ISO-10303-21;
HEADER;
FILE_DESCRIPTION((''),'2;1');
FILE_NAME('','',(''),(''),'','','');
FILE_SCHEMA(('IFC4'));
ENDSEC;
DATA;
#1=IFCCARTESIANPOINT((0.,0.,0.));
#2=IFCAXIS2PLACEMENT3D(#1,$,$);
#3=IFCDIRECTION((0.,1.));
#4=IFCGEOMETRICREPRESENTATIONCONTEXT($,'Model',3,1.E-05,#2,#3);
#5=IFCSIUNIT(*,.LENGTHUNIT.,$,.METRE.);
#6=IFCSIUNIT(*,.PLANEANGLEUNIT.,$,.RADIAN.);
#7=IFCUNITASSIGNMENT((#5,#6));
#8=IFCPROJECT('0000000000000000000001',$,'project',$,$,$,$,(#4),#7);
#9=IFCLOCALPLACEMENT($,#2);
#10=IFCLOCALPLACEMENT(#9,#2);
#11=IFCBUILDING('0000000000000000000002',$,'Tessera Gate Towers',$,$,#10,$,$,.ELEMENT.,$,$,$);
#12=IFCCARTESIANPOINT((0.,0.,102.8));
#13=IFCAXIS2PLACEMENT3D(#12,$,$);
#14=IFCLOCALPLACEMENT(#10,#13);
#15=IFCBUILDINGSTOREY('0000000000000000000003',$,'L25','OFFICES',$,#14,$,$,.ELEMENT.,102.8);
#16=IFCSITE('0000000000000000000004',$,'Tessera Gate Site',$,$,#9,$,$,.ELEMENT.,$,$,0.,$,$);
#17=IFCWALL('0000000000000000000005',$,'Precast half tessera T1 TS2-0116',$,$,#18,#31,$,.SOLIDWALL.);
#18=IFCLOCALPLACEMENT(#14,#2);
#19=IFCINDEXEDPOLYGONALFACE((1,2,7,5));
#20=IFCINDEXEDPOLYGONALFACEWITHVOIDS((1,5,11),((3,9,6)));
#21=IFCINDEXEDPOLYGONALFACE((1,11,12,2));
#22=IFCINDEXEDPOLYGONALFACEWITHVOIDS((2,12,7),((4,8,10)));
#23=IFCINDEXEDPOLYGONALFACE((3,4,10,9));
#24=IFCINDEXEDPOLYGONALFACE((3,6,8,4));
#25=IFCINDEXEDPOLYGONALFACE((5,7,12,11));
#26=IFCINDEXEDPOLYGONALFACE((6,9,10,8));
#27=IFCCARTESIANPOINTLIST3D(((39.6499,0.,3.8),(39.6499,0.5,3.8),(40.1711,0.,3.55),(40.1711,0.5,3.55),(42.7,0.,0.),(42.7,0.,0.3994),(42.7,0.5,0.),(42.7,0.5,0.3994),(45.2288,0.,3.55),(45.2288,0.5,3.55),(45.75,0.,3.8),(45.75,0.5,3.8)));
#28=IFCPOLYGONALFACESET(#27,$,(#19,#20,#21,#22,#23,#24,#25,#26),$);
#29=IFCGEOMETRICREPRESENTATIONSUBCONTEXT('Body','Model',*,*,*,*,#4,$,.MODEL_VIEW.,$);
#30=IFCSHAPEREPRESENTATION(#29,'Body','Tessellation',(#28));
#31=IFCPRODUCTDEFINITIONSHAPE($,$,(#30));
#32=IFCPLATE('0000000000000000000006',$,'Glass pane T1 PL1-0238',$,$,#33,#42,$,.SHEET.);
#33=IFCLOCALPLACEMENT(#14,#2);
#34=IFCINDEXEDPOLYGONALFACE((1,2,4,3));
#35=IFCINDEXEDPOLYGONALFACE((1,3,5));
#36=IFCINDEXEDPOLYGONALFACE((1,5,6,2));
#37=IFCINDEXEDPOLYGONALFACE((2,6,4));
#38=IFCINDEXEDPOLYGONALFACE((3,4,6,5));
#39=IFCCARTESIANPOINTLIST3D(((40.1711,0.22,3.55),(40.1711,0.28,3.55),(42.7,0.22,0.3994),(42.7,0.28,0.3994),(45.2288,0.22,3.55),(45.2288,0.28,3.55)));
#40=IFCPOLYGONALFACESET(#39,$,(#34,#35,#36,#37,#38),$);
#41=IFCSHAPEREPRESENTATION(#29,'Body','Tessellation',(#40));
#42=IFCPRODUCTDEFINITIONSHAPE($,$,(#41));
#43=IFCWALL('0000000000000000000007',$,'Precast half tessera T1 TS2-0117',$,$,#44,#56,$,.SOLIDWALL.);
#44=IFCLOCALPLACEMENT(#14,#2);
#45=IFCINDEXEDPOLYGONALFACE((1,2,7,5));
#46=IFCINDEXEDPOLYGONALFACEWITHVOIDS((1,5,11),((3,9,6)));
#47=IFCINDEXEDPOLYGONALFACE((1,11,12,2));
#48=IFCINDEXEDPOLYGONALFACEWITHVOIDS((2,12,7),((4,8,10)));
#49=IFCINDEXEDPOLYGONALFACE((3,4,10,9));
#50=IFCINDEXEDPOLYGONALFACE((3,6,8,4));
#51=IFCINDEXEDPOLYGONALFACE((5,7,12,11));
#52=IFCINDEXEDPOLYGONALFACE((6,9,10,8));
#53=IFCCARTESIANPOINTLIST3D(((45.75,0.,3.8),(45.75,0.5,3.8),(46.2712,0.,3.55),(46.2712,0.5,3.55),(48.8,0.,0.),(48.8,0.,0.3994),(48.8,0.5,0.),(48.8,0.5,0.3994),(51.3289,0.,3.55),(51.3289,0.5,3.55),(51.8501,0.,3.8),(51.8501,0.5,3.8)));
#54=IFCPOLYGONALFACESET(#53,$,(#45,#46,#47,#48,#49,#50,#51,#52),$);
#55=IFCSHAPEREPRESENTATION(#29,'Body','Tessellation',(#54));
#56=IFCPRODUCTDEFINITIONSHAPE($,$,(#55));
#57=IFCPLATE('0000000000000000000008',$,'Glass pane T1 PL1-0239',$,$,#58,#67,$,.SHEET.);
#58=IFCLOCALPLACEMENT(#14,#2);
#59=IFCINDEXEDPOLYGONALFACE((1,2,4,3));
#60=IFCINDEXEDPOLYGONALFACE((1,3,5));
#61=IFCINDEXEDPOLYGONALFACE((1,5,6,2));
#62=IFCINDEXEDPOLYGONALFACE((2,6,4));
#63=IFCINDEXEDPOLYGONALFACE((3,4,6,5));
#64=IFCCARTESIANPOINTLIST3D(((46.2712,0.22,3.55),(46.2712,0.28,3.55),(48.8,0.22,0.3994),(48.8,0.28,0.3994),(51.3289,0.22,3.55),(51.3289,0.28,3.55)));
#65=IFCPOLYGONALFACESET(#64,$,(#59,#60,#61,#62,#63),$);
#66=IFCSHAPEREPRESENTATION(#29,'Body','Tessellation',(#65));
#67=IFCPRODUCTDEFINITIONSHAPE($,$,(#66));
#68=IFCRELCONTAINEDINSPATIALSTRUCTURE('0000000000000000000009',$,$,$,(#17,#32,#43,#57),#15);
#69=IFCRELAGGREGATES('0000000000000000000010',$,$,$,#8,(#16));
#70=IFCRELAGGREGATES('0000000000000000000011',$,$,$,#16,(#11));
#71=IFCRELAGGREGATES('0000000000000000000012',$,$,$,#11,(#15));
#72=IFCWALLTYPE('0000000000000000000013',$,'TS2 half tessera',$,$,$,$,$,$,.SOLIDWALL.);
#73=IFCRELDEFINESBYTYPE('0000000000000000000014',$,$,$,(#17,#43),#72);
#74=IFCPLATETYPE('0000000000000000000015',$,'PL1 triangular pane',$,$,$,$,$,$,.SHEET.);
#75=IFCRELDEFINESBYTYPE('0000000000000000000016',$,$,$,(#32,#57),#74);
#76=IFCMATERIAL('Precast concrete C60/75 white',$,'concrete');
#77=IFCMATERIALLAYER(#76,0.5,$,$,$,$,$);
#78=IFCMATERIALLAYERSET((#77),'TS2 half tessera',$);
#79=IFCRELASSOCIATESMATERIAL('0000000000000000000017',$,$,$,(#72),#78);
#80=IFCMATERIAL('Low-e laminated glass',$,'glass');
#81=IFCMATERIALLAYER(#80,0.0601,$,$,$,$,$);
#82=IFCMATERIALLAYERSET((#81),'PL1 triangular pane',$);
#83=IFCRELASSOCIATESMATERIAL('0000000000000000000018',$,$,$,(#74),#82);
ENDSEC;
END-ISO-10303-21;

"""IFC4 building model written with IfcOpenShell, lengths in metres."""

from ifc_helpers import new_model, si_unit, direction, frame, origin, place, context, subcontext, project, spatial, polyline, outline, extrude, source, transform, mapped, material, layer, layer_set, type_object, element, fill, save


model = new_model("IFC4")

# Units and contexts
model_context = context("Model", 3, precision=1e-05, world=origin(), true_north=direction((0.0, 1.0)))
body_context = subcontext(model_context, "Body", "Model", "MODEL_VIEW")
ifc_project = project(units=[si_unit("LENGTHUNIT", "METRE"), si_unit("PLANEANGLEUNIT", "RADIAN")], contexts=[model_context])

# Site, building, storey
site_placement = place(None, origin())
site = spatial("IfcSite", under=ifc_project, at=site_placement, Name="Tessera Gate Site", CompositionType="ELEMENT", RefElevation=0.0)
building_placement = place(site_placement, origin())
building = spatial("IfcBuilding", under=site, at=building_placement, Name="Tessera Gate Towers", CompositionType="ELEMENT")
storey_placement = place(building_placement, frame((0.0, 0.0, 102.8)))
storey = spatial("IfcBuildingStorey", under=building, at=storey_placement, Name="L25", Description="OFFICES", CompositionType="ELEMENT", Elevation=102.8)

# Walls, openings, plates
ifc_material_1 = material(Name="Precast concrete C60/75 white", Category="concrete")
ifc_layer_1 = layer(ifc_material_1, 0.5)
ifc_layer_set_1 = layer_set([ifc_layer_1], Name="TS2 half tessera")
wall_type_1 = type_object("IfcWallType", Name="TS2 half tessera", PredefinedType="SOLIDWALL", material=ifc_layer_set_1)
shared_shape_1 = source(origin(), body_context, "Body", "SweptSolid", [
    extrude(outline(polyline([(3.05, 0.0), (6.1001, 3.8), (0.0, 3.8), (3.05, 0.0)])), frame((0.0, 0.25, 0.0), z_axis=(0.0, -1.0, 0.0), x_axis=(1.0, 0.0, 0.0)), (0.0, 0.0, 1.0), 0.5),
])
wall_1_placement = place(storey_placement, frame((39.6499, 0.25, 0.0), z_axis=(0.0, 0.0, 1.0), x_axis=(1.0, 0.0, 0.0)))
wall_1 = element("IfcWall", 1, at=wall_1_placement, inside=storey, type_object=wall_type_1, Name="Precast half tessera T1 TS2-0116", PredefinedType="SOLIDWALL", context=body_context, shape_type="MappedRepresentation", body=[
    mapped(shared_shape_1, transform((0.0, 0.0, 0.0), scale=1.0)),
])
shared_shape_2 = source(origin(), body_context, "Body", "SweptSolid", [
    extrude(outline(polyline([(3.05, 0.3994), (5.5789, 3.55), (0.5212, 3.55), (3.05, 0.3994)])), frame((0.0, 0.26, 0.0), z_axis=(0.0, -1.0, 0.0), x_axis=(1.0, 0.0, 0.0)), (0.0, 0.0, 1.0), 0.52),
])
opening_1_placement = place(wall_1_placement, origin())
opening_1 = element("IfcOpeningElement", 2, at=opening_1_placement, cuts=wall_1, PredefinedType="OPENING", context=body_context, shape_type="MappedRepresentation", body=[
    mapped(shared_shape_2, transform((0.0, 0.0, 0.0), scale=1.0)),
])
ifc_material_2 = material(Name="Low-e laminated glass", Category="glass")
ifc_layer_2 = layer(ifc_material_2, 0.0601)
ifc_layer_set_2 = layer_set([ifc_layer_2], Name="PL1 triangular pane")
plate_type_1 = type_object("IfcPlateType", Name="PL1 triangular pane", PredefinedType="SHEET", material=ifc_layer_set_2)
shared_shape_3 = source(origin(), body_context, "Body", "SweptSolid", [
    extrude(outline(polyline([(3.05, 0.3994), (5.5789, 3.55), (0.5212, 3.55), (3.05, 0.3994)])), frame((0.0, 0.03, 0.0), z_axis=(0.0, -1.0, 0.0), x_axis=(1.0, 0.0, 0.0)), (0.0, 0.0, 1.0), 0.0601),
])
plate_1_placement = place(opening_1_placement, origin())
plate_1 = element("IfcPlate", 3, at=plate_1_placement, inside=storey, type_object=plate_type_1, Name="Glass pane T1 PL1-0238", PredefinedType="SHEET", context=body_context, shape_type="MappedRepresentation", body=[
    mapped(shared_shape_3, transform((0.0, 0.0, 0.0), scale=1.0)),
])
fill(opening_1, plate_1)
wall_2_placement = place(storey_placement, frame((45.75, 0.25, 0.0), z_axis=(0.0, 0.0, 1.0), x_axis=(1.0, 0.0, 0.0)))
wall_2 = element("IfcWall", 4, at=wall_2_placement, inside=storey, type_object=wall_type_1, Name="Precast half tessera T1 TS2-0117", PredefinedType="SOLIDWALL", context=body_context, shape_type="MappedRepresentation", body=[
    mapped(shared_shape_1, transform((0.0, 0.0, 0.0), scale=1.0)),
])
opening_2_placement = place(wall_2_placement, origin())
opening_2 = element("IfcOpeningElement", 5, at=opening_2_placement, cuts=wall_2, PredefinedType="OPENING", context=body_context, shape_type="MappedRepresentation", body=[
    mapped(shared_shape_2, transform((0.0, 0.0, 0.0), scale=1.0)),
])
plate_2_placement = place(opening_2_placement, origin())
plate_2 = element("IfcPlate", 6, at=plate_2_placement, inside=storey, type_object=plate_type_1, Name="Glass pane T1 PL1-0239", PredefinedType="SHEET", context=body_context, shape_type="MappedRepresentation", body=[
    mapped(shared_shape_3, transform((0.0, 0.0, 0.0), scale=1.0)),
])
fill(opening_2, plate_2)

save(model, "model.ifc")
